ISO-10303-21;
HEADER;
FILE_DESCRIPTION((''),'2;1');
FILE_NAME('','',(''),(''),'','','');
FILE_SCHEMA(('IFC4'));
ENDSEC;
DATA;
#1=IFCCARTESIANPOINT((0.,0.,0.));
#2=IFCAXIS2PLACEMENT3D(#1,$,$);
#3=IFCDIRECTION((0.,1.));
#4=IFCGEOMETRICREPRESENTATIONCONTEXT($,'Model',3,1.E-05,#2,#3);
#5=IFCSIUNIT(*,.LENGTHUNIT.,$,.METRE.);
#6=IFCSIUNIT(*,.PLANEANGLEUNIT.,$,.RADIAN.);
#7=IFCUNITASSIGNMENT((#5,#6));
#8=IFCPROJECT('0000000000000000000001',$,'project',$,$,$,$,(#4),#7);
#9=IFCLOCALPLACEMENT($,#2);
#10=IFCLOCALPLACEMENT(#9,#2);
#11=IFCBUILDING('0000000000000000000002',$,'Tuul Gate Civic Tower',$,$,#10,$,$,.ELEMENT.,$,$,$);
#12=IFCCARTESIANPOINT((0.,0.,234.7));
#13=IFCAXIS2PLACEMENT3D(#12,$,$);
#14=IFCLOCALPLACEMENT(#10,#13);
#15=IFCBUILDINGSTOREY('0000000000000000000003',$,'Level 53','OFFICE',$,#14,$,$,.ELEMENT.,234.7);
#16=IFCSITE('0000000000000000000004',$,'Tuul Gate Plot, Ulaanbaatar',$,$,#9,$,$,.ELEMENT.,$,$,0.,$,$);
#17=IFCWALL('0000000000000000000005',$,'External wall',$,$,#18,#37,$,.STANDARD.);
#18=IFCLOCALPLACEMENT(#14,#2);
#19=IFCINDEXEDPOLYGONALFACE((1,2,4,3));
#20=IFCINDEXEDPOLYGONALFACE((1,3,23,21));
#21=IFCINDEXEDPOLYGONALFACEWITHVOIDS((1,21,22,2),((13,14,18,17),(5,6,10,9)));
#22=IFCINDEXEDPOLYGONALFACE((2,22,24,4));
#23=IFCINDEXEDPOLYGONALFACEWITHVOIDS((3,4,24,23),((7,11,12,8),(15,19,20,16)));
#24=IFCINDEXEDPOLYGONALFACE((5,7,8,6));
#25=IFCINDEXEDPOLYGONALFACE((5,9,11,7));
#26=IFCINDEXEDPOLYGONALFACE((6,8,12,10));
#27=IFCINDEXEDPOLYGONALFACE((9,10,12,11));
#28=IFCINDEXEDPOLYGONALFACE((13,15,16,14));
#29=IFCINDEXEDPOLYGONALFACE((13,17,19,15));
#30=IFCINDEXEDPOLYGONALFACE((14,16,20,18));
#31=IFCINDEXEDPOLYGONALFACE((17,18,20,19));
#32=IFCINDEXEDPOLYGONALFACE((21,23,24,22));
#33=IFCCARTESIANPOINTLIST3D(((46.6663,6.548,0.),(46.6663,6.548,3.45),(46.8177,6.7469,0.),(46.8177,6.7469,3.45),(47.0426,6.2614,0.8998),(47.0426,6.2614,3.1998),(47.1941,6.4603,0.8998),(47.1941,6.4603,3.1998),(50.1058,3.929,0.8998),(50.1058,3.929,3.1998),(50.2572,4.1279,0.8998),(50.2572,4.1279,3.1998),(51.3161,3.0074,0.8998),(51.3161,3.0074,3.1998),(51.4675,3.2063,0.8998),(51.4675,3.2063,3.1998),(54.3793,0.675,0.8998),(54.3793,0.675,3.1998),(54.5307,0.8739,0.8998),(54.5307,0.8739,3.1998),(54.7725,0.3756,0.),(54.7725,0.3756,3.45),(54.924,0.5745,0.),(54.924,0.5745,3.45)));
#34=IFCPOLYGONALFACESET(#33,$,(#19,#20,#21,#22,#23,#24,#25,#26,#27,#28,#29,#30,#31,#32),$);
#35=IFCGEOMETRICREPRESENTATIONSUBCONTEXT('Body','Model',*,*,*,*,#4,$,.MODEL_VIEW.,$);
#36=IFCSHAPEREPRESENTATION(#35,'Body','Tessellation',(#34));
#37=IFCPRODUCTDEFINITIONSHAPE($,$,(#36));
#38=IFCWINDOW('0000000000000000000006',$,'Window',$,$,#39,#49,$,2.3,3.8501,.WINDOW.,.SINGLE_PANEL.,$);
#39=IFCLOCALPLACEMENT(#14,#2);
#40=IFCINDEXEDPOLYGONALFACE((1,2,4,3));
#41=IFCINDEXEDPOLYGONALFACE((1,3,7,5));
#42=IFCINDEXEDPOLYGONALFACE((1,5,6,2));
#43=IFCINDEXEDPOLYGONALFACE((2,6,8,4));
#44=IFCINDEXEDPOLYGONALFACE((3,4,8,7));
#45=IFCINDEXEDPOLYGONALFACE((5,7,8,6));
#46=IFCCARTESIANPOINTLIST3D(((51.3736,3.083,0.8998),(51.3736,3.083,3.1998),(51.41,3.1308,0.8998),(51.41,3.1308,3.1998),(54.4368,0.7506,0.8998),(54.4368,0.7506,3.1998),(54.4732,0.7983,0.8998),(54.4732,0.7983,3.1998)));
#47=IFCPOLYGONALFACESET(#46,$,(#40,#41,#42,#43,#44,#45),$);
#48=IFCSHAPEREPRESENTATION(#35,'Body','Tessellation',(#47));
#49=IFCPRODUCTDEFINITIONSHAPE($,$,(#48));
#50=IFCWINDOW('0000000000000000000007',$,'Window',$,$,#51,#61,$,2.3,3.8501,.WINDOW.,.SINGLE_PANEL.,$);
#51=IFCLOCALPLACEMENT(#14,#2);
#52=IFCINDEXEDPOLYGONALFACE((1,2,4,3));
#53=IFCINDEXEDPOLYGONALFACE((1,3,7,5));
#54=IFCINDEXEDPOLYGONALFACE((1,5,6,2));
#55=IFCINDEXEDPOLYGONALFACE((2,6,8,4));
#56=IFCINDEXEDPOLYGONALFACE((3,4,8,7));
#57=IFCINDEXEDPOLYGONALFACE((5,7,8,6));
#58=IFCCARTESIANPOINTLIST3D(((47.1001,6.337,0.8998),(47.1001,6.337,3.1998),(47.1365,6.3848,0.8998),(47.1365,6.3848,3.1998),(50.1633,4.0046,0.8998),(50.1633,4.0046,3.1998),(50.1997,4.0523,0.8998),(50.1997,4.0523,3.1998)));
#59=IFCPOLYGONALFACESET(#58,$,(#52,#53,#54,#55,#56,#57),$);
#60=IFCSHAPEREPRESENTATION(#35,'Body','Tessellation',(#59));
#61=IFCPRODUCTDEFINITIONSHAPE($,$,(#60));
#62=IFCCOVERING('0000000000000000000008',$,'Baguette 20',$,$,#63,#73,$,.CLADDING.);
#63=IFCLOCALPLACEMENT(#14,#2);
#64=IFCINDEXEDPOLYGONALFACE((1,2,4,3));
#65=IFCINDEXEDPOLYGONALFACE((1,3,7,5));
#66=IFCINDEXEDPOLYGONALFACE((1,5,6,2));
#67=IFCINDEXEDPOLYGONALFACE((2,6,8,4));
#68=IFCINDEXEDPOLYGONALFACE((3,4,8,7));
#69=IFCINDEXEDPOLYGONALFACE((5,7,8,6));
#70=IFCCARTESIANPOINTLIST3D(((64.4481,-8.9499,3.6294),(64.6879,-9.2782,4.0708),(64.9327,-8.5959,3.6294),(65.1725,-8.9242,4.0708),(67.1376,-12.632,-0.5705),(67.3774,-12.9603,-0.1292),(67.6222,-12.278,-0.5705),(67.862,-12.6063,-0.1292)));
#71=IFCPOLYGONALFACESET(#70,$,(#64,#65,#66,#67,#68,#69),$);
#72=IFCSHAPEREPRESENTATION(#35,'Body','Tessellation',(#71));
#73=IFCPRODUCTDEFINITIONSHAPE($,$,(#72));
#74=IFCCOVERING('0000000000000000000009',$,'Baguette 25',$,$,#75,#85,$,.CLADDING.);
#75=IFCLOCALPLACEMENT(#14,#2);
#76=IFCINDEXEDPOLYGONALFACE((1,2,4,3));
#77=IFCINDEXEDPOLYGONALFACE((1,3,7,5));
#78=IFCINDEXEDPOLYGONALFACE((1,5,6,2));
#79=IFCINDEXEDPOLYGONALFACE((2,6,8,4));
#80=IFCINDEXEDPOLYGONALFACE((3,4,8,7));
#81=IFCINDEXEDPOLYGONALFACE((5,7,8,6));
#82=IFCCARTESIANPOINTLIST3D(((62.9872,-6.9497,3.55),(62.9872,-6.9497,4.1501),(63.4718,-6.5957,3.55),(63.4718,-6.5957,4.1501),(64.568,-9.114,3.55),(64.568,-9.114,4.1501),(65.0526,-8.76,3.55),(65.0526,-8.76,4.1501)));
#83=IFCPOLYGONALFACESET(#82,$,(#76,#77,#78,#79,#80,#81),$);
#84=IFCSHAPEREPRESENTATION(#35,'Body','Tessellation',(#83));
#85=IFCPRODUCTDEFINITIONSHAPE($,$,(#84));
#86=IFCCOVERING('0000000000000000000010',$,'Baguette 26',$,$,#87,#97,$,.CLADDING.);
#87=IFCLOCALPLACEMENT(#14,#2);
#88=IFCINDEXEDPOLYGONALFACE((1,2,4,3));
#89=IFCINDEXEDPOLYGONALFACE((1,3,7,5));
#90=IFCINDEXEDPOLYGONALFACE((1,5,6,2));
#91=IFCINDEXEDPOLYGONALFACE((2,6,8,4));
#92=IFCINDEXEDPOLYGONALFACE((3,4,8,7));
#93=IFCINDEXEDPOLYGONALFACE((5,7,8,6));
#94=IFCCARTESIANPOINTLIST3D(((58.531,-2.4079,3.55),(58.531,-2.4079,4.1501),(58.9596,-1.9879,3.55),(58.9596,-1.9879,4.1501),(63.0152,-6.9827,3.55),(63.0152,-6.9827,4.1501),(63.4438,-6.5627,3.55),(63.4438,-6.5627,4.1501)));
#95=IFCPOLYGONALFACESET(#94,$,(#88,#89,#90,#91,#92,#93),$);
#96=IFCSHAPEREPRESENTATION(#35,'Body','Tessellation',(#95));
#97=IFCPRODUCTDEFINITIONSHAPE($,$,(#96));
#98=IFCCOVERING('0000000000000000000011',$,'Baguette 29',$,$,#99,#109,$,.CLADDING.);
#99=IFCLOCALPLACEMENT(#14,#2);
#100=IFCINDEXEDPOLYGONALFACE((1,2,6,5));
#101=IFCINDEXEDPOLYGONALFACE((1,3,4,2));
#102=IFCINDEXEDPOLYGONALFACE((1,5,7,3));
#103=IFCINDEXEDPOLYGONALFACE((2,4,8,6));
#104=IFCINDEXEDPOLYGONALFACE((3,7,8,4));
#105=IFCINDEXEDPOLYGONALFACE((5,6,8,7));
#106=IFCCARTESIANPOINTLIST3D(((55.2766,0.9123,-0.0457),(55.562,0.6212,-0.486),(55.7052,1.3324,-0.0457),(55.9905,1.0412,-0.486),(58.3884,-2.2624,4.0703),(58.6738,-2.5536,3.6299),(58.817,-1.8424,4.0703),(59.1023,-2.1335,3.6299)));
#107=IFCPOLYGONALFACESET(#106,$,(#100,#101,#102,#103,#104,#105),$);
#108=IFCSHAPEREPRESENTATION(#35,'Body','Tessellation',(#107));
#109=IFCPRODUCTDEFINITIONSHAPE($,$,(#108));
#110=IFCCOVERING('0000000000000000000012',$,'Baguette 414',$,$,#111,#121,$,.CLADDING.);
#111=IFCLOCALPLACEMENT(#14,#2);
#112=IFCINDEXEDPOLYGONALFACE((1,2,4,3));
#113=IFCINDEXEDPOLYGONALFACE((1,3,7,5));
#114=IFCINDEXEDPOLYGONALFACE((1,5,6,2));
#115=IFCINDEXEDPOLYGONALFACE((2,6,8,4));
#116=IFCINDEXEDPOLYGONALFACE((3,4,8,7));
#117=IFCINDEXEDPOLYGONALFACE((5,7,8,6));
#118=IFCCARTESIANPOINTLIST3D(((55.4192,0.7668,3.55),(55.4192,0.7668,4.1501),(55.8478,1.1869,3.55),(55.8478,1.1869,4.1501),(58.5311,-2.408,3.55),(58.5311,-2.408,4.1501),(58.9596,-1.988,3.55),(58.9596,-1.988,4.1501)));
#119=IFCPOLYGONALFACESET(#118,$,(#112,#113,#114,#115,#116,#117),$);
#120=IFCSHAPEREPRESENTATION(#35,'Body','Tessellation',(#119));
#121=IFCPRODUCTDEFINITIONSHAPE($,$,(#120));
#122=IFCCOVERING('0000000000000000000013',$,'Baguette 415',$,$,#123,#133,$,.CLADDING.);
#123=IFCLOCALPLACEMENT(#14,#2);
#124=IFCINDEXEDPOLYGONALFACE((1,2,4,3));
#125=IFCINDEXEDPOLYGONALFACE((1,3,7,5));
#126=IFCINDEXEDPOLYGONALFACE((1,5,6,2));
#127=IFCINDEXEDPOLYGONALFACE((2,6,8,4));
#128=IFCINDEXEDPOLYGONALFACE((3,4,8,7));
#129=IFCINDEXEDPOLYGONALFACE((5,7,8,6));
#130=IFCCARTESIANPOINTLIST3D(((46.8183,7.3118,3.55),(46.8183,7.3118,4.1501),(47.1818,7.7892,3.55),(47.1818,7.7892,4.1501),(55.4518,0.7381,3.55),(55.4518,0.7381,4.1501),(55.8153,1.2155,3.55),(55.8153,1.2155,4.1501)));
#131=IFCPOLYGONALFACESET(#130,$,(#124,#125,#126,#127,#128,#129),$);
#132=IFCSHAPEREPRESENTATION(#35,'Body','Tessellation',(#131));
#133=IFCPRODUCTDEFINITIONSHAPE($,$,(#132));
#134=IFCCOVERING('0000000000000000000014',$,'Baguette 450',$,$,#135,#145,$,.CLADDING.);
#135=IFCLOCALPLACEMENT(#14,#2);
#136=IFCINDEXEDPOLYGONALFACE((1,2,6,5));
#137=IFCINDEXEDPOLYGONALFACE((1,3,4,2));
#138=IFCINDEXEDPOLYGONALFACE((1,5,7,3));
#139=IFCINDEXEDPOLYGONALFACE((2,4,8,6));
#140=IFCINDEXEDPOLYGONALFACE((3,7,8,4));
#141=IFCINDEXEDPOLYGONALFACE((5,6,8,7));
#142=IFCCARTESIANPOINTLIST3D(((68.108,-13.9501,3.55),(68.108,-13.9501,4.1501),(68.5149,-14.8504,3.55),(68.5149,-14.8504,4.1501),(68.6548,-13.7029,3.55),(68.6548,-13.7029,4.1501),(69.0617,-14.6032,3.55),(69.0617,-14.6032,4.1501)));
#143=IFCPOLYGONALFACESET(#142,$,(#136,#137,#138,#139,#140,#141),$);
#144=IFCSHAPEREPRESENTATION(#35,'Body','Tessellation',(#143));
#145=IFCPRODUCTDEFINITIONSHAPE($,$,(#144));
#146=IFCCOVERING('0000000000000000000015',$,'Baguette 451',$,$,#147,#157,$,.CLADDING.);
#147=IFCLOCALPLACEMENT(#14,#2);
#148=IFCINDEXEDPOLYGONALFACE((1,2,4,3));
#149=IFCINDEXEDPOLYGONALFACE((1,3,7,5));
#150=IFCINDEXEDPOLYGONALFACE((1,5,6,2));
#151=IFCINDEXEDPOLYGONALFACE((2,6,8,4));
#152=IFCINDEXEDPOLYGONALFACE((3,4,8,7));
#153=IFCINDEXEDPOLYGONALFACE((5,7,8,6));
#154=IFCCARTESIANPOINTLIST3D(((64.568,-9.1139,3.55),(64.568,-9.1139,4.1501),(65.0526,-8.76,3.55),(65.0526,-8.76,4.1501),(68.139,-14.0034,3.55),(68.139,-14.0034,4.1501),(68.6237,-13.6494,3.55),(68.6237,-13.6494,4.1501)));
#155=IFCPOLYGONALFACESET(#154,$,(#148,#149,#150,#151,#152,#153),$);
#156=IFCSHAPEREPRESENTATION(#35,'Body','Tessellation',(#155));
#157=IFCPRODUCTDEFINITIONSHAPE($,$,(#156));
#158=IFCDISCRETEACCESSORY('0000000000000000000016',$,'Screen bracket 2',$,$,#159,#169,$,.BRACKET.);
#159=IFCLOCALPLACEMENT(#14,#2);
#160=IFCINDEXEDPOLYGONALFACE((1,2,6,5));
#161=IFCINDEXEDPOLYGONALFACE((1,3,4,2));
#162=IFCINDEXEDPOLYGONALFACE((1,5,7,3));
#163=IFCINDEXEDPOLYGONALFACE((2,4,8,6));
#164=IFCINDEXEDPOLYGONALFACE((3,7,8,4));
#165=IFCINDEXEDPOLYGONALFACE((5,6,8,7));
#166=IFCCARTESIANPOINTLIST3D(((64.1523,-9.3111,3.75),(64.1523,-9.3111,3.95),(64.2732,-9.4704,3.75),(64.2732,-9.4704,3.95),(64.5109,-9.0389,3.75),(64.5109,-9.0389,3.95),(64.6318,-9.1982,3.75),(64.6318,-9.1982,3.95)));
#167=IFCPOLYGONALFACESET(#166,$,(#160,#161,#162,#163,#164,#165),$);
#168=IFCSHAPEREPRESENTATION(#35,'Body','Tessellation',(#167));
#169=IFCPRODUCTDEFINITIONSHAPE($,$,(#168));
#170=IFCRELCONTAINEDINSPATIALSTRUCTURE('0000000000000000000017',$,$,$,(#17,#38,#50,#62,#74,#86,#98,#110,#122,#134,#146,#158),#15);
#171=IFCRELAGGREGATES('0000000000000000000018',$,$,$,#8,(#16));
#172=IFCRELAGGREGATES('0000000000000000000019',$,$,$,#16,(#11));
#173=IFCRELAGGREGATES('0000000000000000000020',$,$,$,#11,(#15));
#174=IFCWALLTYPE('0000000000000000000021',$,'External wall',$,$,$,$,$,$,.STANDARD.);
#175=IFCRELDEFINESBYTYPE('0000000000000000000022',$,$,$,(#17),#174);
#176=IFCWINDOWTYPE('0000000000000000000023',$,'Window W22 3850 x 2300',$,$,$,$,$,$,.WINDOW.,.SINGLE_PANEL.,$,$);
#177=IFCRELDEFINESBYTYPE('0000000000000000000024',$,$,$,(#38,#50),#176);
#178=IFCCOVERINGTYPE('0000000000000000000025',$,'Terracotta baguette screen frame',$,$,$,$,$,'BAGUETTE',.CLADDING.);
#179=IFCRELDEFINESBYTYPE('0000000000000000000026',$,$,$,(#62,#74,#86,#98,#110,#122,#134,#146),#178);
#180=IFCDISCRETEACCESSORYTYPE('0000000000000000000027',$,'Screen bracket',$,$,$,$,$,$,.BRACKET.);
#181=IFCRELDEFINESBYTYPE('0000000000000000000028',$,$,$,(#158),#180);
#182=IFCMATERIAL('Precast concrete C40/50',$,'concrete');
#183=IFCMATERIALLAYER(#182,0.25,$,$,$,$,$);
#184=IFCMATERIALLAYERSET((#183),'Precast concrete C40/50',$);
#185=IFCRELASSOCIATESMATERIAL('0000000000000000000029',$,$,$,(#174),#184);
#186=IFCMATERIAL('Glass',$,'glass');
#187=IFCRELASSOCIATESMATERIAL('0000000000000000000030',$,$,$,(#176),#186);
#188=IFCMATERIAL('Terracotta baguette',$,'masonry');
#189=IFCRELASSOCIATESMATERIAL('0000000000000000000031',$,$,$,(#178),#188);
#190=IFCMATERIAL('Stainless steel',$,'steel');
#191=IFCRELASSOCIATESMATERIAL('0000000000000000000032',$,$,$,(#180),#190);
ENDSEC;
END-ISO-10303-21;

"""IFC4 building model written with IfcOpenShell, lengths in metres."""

from ifc_helpers import new_model, si_unit, direction, frame, frame_2d, origin, origin_2d, place, context, subcontext, project, spatial, rectangle, extrude, material, layer, layer_set, material_profile, profile_set, type_object, element, fill, save


model = new_model("IFC4")

# Units and contexts
model_context = context("Model", 3, precision=1e-05, world=origin(), true_north=direction((0.0, 1.0)))
body_context = subcontext(model_context, "Body", "Model", "MODEL_VIEW")
ifc_project = project(units=[si_unit("LENGTHUNIT", "METRE"), si_unit("PLANEANGLEUNIT", "RADIAN")], contexts=[model_context])

# Site, building, storey
site_placement = place(None, origin())
site = spatial("IfcSite", under=ifc_project, at=site_placement, Name="Tuul Gate Plot, Ulaanbaatar", CompositionType="ELEMENT", RefElevation=0.0)
building_placement = place(site_placement, origin())
building = spatial("IfcBuilding", under=site, at=building_placement, Name="Tuul Gate Civic Tower", CompositionType="ELEMENT")
storey_placement = place(building_placement, frame((0.0, 0.0, 234.7)))
storey = spatial("IfcBuildingStorey", under=building, at=storey_placement, Name="Level 53", Description="OFFICE", CompositionType="ELEMENT", Elevation=234.7)

# Wall, openings, windows
ifc_material_1 = material(Name="Precast concrete C40/50", Category="concrete")
ifc_layer = layer(ifc_material_1, 0.25)
ifc_layer_set = layer_set([ifc_layer], Name="Precast concrete C40/50")
wall_type = type_object("IfcWallType", Name="External wall", PredefinedType="STANDARD", material=ifc_layer_set)
ifc_material_2 = material(Name="Glass", Category="glass")
window_type_1 = type_object("IfcWindowType", Name="Window W22 3850 x 2300", PartitioningType="SINGLE_PANEL", PredefinedType="WINDOW", material=ifc_material_2)
wall_1_placement = place(storey_placement, frame((54.8481, 0.4751, 0.0), z_axis=(0.0, 0.0, 1.0), x_axis=(-0.795611, 0.605808, 0.0)))
wall_1 = element("IfcWall", 1, at=wall_1_placement, inside=storey, type_object=wall_type, Name="External wall", PredefinedType="STANDARD", context=body_context, shape_type="SweptSolid", body=[
    extrude(rectangle(XDim=10.1887, YDim=0.25, at=frame_2d((5.0942, 0.0))), origin(), (0.0, 0.0, 1.0), 3.45),
])
opening_1_placement = place(wall_1_placement, frame((0.4941, 0.0, 0.8999)))
opening_1 = element("IfcOpeningElement", 2, at=opening_1_placement, cuts=wall_1, PredefinedType="OPENING", context=body_context, shape_type="SweptSolid", body=[
    extrude(rectangle(XDim=3.8501, YDim=2.3, at=frame_2d((1.925, 1.1499))), frame((0.0, 0.135, 0.0), z_axis=(0.0, -1.0, 0.0), x_axis=(1.0, 0.0, 0.0)), (0.0, 0.0, 1.0), 0.27),
])
opening_2_placement = place(wall_1_placement, frame((5.8655, 0.0, 0.8999)))
opening_2 = element("IfcOpeningElement", 3, at=opening_2_placement, cuts=wall_1, PredefinedType="OPENING", context=body_context, shape_type="SweptSolid", body=[
    extrude(rectangle(XDim=3.8501, YDim=2.3, at=frame_2d((1.925, 1.1499))), frame((0.0, 0.135, 0.0), z_axis=(0.0, -1.0, 0.0), x_axis=(1.0, 0.0, 0.0)), (0.0, 0.0, 1.0), 0.27),
])
window_1_placement = place(opening_1_placement, origin())
window_1 = element("IfcWindow", 4, at=window_1_placement, inside=storey, type_object=window_type_1, Name="Window", OverallHeight=2.3, OverallWidth=3.8501, PartitioningType="SINGLE_PANEL", PredefinedType="WINDOW", context=body_context, shape_type="SweptSolid", body=[
    extrude(rectangle(XDim=3.8501, YDim=2.3, at=frame_2d((1.925, 1.1499))), frame((0.0, 0.03, 0.0), z_axis=(0.0, -1.0, 0.0), x_axis=(1.0, 0.0, 0.0)), (0.0, 0.0, 1.0), 0.0601),
])
fill(opening_1, window_1)
window_2_placement = place(opening_2_placement, origin())
window_2 = element("IfcWindow", 5, at=window_2_placement, inside=storey, type_object=window_type_1, Name="Window", OverallHeight=2.3, OverallWidth=3.8501, PartitioningType="SINGLE_PANEL", PredefinedType="WINDOW", context=body_context, shape_type="SweptSolid", body=[
    extrude(rectangle(XDim=3.8501, YDim=2.3, at=frame_2d((1.925, 1.1499))), frame((0.0, 0.03, 0.0), z_axis=(0.0, -1.0, 0.0), x_axis=(1.0, 0.0, 0.0)), (0.0, 0.0, 1.0), 0.0601),
])
fill(opening_2, window_2)

# Coverings
ifc_material_3 = material(Name="Terracotta baguette", Category="masonry")
ifc_material_profile_1 = material_profile(ifc_material_3, rectangle(XDim=0.6001, YDim=0.6001, at=origin_2d()), Name="Terracotta baguette screen frame")
ifc_profile_set_1 = profile_set([ifc_material_profile_1], Name="Terracotta baguette")
covering_type = type_object("IfcCoveringType", Name="Terracotta baguette screen frame", ElementType="BAGUETTE", PredefinedType="CLADDING", material=ifc_profile_set_1)
covering_1_placement = place(storey_placement, frame((67.4998, -12.6191, -0.3499), z_axis=(-0.433835, 0.593963, 0.677492), x_axis=(-0.80753, -0.589826, 0.0)))
element("IfcCovering", 6, at=covering_1_placement, inside=storey, type_object=covering_type, Name="Baguette 20", PredefinedType="CLADDING", context=body_context, shape_type="SweptSolid", body=[
    extrude(rectangle(XDim=0.6001, YDim=0.6001, at=origin_2d()), origin(), (0.0, 0.0, 1.0), 6.1992),
])
covering_2_placement = place(storey_placement, frame((64.8103, -8.937, 3.8501), z_axis=(-0.589822, 0.807533, 0.0), x_axis=(-0.807533, -0.589822, 0.0)))
element("IfcCovering", 7, at=covering_2_placement, inside=storey, type_object=covering_type, Name="Baguette 25", PredefinedType="CLADDING", context=body_context, shape_type="SweptSolid", body=[
    extrude(rectangle(XDim=0.6001, YDim=0.6001, at=origin_2d()), origin(), (0.0, 0.0, 1.0), 2.6802),
])
covering_3_placement = place(storey_placement, frame((63.2295, -6.7727, 3.8501), z_axis=(-0.700002, 0.714141, 0.0), x_axis=(-0.714141, -0.700002, 0.0)))
element("IfcCovering", 8, at=covering_3_placement, inside=storey, type_object=covering_type, Name="Baguette 26", PredefinedType="CLADDING", context=body_context, shape_type="SweptSolid", body=[
    extrude(rectangle(XDim=0.6001, YDim=0.6001, at=origin_2d()), origin(), (0.0, 0.0, 1.0), 6.406),
])
covering_4_placement = place(storey_placement, frame((58.7454, -2.198, 3.8501), z_axis=(-0.513638, 0.524035, -0.679384), x_axis=(-0.714156, -0.699987, 0.0)))
element("IfcCovering", 9, at=covering_4_placement, inside=storey, type_object=covering_type, Name="Baguette 29", PredefinedType="CLADDING", context=body_context, shape_type="SweptSolid", body=[
    extrude(rectangle(XDim=0.6001, YDim=0.6001, at=origin_2d()), origin(), (0.0, 0.0, 1.0), 6.0583),
])
covering_5_placement = place(storey_placement, frame((58.7454, -2.198, 3.8501), z_axis=(-0.699987, 0.714156, 0.0), x_axis=(-0.714156, -0.699987, 0.0)))
element("IfcCovering", 10, at=covering_5_placement, inside=storey, type_object=covering_type, Name="Baguette 414", PredefinedType="CLADDING", context=body_context, shape_type="SweptSolid", body=[
    extrude(rectangle(XDim=0.6001, YDim=0.6001, at=origin_2d()), origin(), (0.0, 0.0, 1.0), 4.4456),
])
covering_6_placement = place(storey_placement, frame((55.6335, 0.9768, 3.8501), z_axis=(-0.795619, 0.605798, 0.0), x_axis=(-0.605798, -0.795619, 0.0)))
element("IfcCovering", 11, at=covering_6_placement, inside=storey, type_object=covering_type, Name="Baguette 415", PredefinedType="CLADDING", context=body_context, shape_type="SweptSolid", body=[
    extrude(rectangle(XDim=0.6001, YDim=0.6001, at=origin_2d()), origin(), (0.0, 0.0, 1.0), 10.8513),
])
covering_7_placement = place(storey_placement, frame((68.7883, -14.7268, 3.8501), z_axis=(-0.411885, 0.911236, 0.0), x_axis=(-0.911236, -0.411885, 0.0)))
element("IfcCovering", 12, at=covering_7_placement, inside=storey, type_object=covering_type, Name="Baguette 450", PredefinedType="CLADDING", context=body_context, shape_type="SweptSolid", body=[
    extrude(rectangle(XDim=0.6001, YDim=0.6001, at=origin_2d()), origin(), (0.0, 0.0, 1.0), 0.988),
])
covering_8_placement = place(storey_placement, frame((68.3813, -13.8264, 3.8501), z_axis=(-0.589803, 0.807547, 0.0), x_axis=(-0.807547, -0.589803, 0.0)))
element("IfcCovering", 13, at=covering_8_placement, inside=storey, type_object=covering_type, Name="Baguette 451", PredefinedType="CLADDING", context=body_context, shape_type="SweptSolid", body=[
    extrude(rectangle(XDim=0.6001, YDim=0.6001, at=origin_2d()), origin(), (0.0, 0.0, 1.0), 6.0547),
])

# Discrete accessory
ifc_material_4 = material(Name="Stainless steel", Category="steel")
discrete_accessory_type = type_object("IfcDiscreteAccessoryType", Name="Screen bracket", PredefinedType="BRACKET", material=ifc_material_4)
discrete_accessory_placement = place(storey_placement, frame((64.3921, -9.2546, 3.75), z_axis=(0.0, 0.0, 1.0), x_axis=(0.796533, 0.604595, 0.0)))
element("IfcDiscreteAccessory", 14, at=discrete_accessory_placement, inside=storey, type_object=discrete_accessory_type, Name="Screen bracket 2", PredefinedType="BRACKET", context=body_context, shape_type="SweptSolid", body=[
    extrude(rectangle(XDim=0.4502, YDim=0.2, at=origin_2d()), origin(), (0.0, 0.0, 1.0), 0.2),
])

save(model, "model.ifc")
